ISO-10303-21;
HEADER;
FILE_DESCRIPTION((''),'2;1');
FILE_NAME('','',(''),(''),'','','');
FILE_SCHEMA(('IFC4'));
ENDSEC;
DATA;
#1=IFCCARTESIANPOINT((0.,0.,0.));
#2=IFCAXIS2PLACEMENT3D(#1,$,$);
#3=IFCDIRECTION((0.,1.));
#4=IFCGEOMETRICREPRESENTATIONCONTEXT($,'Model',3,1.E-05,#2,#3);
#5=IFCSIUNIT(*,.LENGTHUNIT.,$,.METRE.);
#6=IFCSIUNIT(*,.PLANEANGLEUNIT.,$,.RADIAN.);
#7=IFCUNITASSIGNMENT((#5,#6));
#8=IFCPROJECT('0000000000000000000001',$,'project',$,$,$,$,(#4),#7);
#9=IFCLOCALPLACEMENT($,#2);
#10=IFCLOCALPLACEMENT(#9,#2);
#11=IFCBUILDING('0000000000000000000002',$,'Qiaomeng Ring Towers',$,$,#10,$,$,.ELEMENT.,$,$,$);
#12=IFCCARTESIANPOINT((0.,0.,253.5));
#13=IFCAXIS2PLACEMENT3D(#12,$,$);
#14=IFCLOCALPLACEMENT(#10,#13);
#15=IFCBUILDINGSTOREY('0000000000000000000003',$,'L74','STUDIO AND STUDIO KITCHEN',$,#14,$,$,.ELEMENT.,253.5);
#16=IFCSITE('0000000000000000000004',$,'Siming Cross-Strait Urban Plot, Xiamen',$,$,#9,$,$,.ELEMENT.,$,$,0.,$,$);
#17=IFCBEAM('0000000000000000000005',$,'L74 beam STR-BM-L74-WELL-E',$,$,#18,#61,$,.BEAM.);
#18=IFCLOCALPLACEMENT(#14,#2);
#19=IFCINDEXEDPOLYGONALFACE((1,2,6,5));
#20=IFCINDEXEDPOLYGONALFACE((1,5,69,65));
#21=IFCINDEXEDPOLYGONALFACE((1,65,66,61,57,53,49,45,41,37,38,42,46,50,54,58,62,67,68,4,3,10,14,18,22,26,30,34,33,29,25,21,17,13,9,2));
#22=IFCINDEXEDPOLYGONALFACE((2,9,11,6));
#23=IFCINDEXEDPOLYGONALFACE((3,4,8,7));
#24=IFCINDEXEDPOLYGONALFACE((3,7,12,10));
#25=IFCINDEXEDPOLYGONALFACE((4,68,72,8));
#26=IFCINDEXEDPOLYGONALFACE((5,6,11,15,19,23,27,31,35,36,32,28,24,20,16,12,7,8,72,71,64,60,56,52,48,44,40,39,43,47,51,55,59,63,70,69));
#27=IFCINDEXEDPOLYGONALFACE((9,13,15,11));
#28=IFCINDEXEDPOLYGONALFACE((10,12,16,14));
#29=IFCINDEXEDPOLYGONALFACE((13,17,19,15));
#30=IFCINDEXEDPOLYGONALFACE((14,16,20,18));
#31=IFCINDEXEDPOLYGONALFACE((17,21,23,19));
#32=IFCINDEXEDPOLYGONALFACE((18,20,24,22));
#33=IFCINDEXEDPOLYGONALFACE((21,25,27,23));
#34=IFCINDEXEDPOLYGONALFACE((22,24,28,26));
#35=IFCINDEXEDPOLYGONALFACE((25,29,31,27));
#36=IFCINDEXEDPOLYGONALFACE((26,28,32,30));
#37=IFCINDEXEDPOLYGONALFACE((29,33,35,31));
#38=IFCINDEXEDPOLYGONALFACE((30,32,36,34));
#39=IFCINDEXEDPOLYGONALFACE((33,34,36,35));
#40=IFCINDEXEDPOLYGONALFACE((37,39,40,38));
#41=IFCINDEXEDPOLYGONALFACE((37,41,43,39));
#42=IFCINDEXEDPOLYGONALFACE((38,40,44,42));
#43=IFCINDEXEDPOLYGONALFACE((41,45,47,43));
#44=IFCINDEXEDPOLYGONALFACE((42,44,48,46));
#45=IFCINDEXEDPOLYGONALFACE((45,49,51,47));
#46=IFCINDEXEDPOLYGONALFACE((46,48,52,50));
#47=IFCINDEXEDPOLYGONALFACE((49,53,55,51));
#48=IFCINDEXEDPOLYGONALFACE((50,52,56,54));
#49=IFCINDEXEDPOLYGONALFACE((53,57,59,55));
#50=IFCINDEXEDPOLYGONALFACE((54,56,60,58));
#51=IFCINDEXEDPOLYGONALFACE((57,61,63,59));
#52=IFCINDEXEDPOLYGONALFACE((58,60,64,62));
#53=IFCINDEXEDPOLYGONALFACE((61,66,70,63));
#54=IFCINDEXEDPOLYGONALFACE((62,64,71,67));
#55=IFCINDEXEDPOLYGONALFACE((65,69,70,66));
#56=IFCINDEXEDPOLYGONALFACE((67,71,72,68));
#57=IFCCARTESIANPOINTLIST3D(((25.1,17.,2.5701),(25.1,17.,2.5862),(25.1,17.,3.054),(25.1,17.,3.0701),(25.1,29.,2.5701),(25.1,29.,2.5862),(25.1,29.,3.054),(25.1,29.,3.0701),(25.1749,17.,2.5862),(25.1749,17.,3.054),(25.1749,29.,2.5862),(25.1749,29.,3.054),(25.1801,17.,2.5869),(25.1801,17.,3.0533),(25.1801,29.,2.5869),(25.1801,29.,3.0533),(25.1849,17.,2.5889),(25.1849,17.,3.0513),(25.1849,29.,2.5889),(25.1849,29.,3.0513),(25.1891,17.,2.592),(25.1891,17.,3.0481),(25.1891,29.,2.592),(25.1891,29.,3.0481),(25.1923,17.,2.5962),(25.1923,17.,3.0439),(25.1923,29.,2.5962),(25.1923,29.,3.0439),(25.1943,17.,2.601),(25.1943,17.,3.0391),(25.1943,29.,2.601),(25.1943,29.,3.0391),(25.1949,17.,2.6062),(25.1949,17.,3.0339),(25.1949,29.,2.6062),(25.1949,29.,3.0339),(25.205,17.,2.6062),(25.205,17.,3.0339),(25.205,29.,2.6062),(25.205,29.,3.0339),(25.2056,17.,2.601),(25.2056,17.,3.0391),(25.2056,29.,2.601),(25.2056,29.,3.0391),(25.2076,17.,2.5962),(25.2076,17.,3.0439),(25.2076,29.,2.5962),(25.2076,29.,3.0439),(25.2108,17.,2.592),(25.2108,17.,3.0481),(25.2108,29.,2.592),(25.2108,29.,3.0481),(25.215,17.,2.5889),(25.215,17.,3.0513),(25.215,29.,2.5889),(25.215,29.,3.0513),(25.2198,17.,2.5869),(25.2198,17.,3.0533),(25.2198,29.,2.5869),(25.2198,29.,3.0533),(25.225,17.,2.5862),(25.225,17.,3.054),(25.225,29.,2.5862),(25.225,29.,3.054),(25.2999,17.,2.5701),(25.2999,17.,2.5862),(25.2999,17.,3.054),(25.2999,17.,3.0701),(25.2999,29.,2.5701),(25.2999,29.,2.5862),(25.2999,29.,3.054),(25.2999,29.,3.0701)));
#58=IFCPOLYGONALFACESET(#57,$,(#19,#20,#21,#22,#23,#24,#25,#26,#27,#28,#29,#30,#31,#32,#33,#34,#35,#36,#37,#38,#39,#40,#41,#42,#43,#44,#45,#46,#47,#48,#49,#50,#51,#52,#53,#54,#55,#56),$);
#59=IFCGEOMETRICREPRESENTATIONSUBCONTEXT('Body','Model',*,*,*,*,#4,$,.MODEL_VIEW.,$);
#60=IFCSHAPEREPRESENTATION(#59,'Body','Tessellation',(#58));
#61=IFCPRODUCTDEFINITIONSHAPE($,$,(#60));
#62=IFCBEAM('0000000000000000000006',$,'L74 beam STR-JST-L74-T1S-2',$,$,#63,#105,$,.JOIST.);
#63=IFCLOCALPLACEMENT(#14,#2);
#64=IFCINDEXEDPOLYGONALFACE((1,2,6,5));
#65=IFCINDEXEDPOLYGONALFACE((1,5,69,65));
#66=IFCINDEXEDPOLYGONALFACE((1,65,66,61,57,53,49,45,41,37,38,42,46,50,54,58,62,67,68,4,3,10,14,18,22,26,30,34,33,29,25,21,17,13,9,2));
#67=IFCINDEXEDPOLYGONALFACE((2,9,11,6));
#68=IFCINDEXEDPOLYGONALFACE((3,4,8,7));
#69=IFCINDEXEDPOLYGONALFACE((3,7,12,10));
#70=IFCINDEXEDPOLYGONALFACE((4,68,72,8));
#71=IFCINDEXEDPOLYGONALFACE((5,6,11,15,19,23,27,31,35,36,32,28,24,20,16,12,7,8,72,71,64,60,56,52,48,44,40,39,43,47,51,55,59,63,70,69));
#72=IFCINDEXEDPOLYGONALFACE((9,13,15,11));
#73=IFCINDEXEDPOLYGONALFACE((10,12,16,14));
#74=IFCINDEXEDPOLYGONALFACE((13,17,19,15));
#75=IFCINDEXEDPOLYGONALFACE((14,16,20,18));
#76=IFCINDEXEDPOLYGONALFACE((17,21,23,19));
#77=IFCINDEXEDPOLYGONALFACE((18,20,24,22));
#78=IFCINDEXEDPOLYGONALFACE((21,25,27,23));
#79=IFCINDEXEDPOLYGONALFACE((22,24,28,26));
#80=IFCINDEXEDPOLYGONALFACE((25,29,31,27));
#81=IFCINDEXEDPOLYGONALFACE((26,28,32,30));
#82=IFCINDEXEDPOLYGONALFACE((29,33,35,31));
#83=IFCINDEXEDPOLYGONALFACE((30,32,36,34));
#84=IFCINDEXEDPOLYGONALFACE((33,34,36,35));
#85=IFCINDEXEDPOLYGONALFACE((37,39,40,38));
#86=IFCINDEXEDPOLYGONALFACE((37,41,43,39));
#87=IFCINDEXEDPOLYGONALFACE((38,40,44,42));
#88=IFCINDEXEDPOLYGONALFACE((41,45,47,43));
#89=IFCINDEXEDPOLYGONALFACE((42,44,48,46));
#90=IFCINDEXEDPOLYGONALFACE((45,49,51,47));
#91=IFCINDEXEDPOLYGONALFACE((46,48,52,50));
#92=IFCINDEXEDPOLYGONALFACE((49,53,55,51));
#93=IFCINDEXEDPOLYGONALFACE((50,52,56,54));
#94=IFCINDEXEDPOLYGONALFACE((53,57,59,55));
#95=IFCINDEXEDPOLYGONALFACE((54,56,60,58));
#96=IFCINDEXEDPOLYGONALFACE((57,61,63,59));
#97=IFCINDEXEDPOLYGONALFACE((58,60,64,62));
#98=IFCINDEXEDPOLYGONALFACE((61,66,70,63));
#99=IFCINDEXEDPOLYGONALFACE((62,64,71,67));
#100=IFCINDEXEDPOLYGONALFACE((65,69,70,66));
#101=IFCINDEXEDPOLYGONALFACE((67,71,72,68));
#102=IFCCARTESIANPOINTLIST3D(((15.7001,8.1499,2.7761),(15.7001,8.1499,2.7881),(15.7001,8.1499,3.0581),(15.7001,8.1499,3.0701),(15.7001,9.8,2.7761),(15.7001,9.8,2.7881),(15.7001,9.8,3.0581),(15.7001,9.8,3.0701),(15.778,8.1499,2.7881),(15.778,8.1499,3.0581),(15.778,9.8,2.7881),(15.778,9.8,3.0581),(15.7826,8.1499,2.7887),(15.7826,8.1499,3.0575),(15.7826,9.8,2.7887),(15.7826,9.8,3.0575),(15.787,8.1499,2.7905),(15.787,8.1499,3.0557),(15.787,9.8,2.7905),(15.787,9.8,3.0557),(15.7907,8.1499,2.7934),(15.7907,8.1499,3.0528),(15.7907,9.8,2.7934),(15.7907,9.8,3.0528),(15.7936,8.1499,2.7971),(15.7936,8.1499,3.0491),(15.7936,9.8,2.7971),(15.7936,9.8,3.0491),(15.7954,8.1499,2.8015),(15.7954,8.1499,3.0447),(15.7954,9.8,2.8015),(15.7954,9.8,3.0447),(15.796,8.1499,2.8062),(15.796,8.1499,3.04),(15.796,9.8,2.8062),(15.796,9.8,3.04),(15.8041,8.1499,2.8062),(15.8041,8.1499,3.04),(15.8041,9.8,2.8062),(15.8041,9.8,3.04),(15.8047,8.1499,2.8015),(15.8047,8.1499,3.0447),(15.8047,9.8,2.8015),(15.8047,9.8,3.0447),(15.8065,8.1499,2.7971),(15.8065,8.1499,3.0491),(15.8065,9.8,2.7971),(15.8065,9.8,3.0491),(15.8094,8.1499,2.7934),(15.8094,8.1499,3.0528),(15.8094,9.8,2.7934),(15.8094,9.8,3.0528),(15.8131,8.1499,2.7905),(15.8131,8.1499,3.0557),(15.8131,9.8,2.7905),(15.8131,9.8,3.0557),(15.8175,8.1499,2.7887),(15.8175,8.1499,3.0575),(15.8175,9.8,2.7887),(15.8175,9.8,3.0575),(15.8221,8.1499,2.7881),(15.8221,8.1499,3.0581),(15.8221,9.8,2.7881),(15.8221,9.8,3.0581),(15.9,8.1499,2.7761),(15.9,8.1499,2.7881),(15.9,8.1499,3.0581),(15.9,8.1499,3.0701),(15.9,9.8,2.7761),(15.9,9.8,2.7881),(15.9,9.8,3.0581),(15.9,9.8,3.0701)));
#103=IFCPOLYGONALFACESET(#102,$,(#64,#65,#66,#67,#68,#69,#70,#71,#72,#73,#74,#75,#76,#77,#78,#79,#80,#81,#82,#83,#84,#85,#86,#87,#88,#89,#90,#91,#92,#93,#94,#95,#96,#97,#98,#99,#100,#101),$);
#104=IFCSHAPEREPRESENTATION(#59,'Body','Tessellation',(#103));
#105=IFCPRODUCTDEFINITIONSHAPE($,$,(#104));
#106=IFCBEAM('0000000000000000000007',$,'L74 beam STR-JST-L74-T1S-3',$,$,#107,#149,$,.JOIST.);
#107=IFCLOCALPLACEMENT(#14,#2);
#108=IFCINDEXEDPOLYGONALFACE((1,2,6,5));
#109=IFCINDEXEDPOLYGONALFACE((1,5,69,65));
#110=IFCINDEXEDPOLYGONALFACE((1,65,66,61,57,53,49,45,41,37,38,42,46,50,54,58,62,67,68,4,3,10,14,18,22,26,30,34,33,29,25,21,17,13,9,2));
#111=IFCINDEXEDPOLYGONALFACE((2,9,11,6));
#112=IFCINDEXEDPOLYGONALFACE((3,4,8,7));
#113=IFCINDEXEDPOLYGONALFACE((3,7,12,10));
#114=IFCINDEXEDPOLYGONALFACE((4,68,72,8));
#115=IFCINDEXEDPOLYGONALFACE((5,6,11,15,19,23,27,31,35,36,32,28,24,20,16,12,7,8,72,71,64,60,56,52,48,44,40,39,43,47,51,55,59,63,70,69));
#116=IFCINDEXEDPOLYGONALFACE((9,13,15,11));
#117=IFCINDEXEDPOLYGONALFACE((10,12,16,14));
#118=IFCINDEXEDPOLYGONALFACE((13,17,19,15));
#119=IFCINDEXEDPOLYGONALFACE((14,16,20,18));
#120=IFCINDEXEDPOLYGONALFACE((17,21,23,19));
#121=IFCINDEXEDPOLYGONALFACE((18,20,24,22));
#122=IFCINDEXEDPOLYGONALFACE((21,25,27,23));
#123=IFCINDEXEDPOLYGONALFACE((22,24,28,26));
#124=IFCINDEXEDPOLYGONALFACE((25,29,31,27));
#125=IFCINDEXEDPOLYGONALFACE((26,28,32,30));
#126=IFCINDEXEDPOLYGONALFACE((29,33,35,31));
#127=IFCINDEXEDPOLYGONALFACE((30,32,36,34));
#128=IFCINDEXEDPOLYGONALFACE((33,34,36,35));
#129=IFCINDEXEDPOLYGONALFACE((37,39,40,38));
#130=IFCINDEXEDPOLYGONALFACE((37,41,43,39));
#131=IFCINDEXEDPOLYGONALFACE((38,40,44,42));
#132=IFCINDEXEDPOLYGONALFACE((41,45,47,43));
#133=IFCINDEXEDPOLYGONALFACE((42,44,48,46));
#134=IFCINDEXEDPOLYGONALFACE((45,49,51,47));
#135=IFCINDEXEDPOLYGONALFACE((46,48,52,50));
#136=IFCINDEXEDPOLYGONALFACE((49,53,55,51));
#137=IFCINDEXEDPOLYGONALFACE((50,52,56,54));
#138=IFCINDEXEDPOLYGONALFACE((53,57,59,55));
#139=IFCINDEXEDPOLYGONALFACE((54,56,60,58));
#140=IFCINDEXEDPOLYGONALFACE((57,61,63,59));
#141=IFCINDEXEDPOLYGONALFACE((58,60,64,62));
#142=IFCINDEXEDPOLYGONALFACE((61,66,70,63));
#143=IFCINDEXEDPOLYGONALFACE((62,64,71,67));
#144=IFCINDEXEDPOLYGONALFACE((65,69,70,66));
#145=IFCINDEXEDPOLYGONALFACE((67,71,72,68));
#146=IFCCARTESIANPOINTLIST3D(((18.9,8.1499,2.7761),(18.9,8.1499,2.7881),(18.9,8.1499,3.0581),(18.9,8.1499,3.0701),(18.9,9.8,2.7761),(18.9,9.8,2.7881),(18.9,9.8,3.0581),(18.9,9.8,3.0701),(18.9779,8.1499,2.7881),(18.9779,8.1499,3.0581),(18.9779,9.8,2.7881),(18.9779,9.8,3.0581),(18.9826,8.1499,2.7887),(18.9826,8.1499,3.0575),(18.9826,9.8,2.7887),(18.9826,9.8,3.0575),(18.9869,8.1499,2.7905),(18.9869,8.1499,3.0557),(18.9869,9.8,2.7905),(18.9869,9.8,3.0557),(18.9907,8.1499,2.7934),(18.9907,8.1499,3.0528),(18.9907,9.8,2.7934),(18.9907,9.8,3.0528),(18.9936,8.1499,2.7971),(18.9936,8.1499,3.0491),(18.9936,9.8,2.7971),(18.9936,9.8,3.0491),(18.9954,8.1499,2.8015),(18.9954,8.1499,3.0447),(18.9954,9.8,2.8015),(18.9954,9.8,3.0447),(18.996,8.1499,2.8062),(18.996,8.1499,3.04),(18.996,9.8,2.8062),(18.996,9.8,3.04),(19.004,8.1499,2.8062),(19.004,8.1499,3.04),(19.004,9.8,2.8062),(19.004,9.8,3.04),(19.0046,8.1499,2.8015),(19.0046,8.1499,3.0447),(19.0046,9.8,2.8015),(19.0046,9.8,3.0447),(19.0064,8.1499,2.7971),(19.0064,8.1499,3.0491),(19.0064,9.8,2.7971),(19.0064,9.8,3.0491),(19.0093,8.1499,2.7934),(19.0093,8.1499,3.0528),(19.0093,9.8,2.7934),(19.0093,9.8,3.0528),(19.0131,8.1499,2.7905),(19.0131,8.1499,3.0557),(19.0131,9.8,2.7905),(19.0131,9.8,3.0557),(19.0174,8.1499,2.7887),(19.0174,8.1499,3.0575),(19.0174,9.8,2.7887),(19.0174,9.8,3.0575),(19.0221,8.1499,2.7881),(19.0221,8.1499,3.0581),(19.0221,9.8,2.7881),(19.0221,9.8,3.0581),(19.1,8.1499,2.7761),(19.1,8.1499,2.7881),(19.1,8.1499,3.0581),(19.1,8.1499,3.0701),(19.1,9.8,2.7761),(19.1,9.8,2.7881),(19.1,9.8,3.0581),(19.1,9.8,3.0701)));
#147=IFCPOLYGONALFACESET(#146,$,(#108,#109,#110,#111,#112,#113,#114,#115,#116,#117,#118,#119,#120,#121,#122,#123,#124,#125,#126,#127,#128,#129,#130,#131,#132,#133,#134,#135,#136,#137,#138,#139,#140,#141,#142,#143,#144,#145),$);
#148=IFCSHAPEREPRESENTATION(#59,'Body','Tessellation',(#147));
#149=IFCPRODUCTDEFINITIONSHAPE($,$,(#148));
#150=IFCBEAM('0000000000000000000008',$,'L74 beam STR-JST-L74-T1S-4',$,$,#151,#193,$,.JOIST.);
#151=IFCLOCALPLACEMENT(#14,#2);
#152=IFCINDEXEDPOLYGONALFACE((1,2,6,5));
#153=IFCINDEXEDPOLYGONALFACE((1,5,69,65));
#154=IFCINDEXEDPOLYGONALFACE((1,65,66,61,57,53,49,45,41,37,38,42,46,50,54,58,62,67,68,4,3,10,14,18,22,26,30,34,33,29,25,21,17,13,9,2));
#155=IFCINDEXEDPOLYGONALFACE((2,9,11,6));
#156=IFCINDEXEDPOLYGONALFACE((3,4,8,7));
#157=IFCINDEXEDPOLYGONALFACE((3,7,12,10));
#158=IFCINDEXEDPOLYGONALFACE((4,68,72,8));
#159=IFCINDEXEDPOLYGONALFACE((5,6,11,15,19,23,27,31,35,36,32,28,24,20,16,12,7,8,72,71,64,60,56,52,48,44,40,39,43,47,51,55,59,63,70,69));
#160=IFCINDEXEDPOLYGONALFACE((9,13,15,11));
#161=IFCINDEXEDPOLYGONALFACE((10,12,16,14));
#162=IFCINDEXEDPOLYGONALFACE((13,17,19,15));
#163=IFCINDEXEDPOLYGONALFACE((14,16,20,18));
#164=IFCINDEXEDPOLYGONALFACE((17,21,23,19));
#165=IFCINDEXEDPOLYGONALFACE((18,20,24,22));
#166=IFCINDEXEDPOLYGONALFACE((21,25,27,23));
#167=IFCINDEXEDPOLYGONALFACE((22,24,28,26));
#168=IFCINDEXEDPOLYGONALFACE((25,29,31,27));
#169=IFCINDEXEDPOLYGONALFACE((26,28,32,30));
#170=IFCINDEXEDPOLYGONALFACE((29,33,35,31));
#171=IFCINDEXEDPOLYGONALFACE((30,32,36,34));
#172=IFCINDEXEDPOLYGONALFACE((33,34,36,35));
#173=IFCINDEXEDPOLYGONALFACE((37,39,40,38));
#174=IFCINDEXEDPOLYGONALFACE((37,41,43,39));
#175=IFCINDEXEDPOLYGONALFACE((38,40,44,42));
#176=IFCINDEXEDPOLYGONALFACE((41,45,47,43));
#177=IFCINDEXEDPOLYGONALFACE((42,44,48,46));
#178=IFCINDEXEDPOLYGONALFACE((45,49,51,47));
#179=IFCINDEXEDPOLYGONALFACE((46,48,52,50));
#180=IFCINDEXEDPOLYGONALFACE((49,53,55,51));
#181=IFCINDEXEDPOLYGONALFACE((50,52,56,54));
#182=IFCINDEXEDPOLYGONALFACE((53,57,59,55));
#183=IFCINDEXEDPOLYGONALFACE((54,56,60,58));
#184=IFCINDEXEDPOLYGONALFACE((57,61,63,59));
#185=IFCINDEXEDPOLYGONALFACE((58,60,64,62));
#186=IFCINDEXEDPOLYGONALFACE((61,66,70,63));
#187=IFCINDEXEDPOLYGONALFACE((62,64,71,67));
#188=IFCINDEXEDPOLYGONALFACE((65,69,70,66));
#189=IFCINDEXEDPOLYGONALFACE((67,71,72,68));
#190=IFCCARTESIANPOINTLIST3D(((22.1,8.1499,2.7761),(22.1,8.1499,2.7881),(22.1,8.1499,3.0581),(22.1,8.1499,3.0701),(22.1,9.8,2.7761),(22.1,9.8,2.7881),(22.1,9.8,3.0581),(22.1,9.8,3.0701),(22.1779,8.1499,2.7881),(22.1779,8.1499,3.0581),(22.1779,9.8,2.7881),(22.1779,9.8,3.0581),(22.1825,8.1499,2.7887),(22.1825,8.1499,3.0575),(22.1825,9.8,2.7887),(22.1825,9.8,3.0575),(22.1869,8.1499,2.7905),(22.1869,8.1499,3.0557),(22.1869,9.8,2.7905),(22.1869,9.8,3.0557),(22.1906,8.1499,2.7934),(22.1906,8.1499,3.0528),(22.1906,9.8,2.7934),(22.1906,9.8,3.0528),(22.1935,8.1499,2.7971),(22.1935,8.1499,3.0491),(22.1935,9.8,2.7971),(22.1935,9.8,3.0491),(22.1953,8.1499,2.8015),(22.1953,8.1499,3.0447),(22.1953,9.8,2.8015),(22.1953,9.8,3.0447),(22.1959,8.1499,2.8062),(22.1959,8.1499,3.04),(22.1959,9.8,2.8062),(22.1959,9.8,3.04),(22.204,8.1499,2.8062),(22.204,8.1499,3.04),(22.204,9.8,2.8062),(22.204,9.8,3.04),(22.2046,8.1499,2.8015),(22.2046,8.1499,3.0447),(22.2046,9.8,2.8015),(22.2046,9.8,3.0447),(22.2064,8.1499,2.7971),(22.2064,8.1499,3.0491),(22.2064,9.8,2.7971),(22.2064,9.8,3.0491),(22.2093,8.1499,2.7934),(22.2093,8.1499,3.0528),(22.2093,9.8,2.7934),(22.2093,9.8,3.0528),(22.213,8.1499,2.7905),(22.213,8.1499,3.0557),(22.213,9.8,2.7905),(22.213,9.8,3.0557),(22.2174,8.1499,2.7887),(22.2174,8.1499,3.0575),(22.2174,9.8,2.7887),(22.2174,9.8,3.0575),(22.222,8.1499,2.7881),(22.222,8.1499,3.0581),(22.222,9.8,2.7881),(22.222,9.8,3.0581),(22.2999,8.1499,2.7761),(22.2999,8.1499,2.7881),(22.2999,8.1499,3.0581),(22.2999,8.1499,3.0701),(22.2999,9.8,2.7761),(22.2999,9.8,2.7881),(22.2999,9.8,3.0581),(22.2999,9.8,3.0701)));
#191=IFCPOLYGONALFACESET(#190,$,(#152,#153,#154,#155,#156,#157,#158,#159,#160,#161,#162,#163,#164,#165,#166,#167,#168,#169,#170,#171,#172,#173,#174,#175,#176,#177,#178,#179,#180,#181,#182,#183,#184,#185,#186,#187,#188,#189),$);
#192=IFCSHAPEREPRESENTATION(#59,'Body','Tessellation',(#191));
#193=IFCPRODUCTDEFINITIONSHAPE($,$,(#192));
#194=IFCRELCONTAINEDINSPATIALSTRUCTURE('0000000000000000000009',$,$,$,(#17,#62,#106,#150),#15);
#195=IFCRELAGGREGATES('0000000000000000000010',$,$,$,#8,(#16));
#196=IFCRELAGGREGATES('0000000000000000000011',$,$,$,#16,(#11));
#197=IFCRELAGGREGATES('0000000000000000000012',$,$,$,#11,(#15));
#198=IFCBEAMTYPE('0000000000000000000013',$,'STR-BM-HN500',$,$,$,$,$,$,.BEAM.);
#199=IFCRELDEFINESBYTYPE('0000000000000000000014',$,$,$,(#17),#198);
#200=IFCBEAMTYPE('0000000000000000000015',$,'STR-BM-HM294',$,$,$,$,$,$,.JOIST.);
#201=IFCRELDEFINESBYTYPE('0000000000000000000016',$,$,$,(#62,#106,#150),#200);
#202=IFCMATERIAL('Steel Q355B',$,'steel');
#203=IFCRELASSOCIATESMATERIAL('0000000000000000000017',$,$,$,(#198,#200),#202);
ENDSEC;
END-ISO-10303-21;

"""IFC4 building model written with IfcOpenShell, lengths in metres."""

from ifc_helpers import new_model, si_unit, direction, frame, origin, origin_2d, place, context, subcontext, project, spatial, i_section, extrude, source, transform, mapped, material, material_profile, profile_set, type_object, element, save


model = new_model("IFC4")

# Units and contexts
model_context = context("Model", 3, precision=1e-05, world=origin(), true_north=direction((0.0, 1.0)))
body_context = subcontext(model_context, "Body", "Model", "MODEL_VIEW")
ifc_project = project(units=[si_unit("LENGTHUNIT", "METRE"), si_unit("PLANEANGLEUNIT", "RADIAN")], contexts=[model_context])

# Site, building, storey
site_placement = place(None, origin())
site = spatial("IfcSite", under=ifc_project, at=site_placement, Name="Siming Cross-Strait Urban Plot, Xiamen", CompositionType="ELEMENT", RefElevation=0.0)
building_placement = place(site_placement, origin())
building = spatial("IfcBuilding", under=site, at=building_placement, Name="Qiaomeng Ring Towers", CompositionType="ELEMENT")
storey_placement = place(building_placement, frame((0.0, 0.0, 253.5)))
storey = spatial("IfcBuildingStorey", under=building, at=storey_placement, Name="L74", Description="STUDIO AND STUDIO KITCHEN", CompositionType="ELEMENT", Elevation=253.5)

# Beams
ifc_material_1 = material(Name="Steel Q355B", Category="steel")
ifc_material_profile_1 = material_profile(ifc_material_1, i_section(OverallWidth=0.2, OverallDepth=0.5, WebThickness=0.01, FlangeThickness=0.0161, FilletRadius=0.02, at=origin_2d()), Name="HN 500x200x10x16")
ifc_profile_set_1 = profile_set([ifc_material_profile_1], Name="Steel Q355B")
beam_type_1 = type_object("IfcBeamType", Name="STR-BM-HN500", PredefinedType="BEAM", material=ifc_profile_set_1)
shared_shape_1 = source(origin(), body_context, "Body", "SweptSolid", [
    extrude(i_section(OverallWidth=0.2, OverallDepth=0.5, WebThickness=0.01, FlangeThickness=0.0161, FilletRadius=0.02, at=origin_2d()), origin(), (0.0, 0.0, 1.0), 12.0),
])
beam_placement = place(storey_placement, frame((25.2, 17.0, 2.8201), z_axis=(0.0, 1.0, 0.0), x_axis=(-1.0, 0.0, 0.0)))
element("IfcBeam", 1, at=beam_placement, inside=storey, type_object=beam_type_1, Name="L74 beam STR-BM-L74-WELL-E", PredefinedType="BEAM", context=body_context, shape_type="MappedRepresentation", body=[
    mapped(shared_shape_1, transform((0.0, 0.0, 0.0), x_axis=(1.0, 0.0, 0.0), y_axis=(0.0, 1.0, 0.0), z_axis=(0.0, 0.0, 1.0), scale=1.0)),
])
ifc_material_profile_2 = material_profile(ifc_material_1, i_section(OverallWidth=0.2, OverallDepth=0.2939, WebThickness=0.0081, FlangeThickness=0.012, FilletRadius=0.0181, at=origin_2d()), Name="HM 294x200x8x12")
ifc_profile_set_2 = profile_set([ifc_material_profile_2], Name="Steel Q355B")
beam_type_2 = type_object("IfcBeamType", Name="STR-BM-HM294", PredefinedType="JOIST", material=ifc_profile_set_2)
shared_shape_2 = source(origin(), body_context, "Body", "SweptSolid", [
    extrude(i_section(OverallWidth=0.2, OverallDepth=0.2939, WebThickness=0.0081, FlangeThickness=0.012, FilletRadius=0.0181, at=origin_2d()), origin(), (0.0, 0.0, 1.0), 1.6501),
])
for number, where, z_axis, x_axis, name in (
    (2, (15.8, 8.1499, 2.9231), (0.0, 1.0, 0.0), (-1.0, 0.0, 0.0), "L74 beam STR-JST-L74-T1S-2"),
    (3, (19.0, 8.1499, 2.9231), (0.0, 1.0, 0.0), (-1.0, 0.0, 0.0), "L74 beam STR-JST-L74-T1S-3"),
    (4, (22.2, 8.1499, 2.9231), (0.0, 1.0, 0.0), (-1.0, 0.0, 0.0), "L74 beam STR-JST-L74-T1S-4"),
):
    element("IfcBeam", number, at=place(storey_placement, frame(where, z_axis=z_axis, x_axis=x_axis)), inside=storey, type_object=beam_type_2, Name=name, PredefinedType="JOIST", context=body_context, shape_type="MappedRepresentation", body=[
        mapped(shared_shape_2, transform((0.0, 0.0, 0.0), x_axis=(1.0, 0.0, 0.0), y_axis=(0.0, 1.0, 0.0), z_axis=(0.0, 0.0, 1.0), scale=1.0)),
    ])

save(model, "model.ifc")
